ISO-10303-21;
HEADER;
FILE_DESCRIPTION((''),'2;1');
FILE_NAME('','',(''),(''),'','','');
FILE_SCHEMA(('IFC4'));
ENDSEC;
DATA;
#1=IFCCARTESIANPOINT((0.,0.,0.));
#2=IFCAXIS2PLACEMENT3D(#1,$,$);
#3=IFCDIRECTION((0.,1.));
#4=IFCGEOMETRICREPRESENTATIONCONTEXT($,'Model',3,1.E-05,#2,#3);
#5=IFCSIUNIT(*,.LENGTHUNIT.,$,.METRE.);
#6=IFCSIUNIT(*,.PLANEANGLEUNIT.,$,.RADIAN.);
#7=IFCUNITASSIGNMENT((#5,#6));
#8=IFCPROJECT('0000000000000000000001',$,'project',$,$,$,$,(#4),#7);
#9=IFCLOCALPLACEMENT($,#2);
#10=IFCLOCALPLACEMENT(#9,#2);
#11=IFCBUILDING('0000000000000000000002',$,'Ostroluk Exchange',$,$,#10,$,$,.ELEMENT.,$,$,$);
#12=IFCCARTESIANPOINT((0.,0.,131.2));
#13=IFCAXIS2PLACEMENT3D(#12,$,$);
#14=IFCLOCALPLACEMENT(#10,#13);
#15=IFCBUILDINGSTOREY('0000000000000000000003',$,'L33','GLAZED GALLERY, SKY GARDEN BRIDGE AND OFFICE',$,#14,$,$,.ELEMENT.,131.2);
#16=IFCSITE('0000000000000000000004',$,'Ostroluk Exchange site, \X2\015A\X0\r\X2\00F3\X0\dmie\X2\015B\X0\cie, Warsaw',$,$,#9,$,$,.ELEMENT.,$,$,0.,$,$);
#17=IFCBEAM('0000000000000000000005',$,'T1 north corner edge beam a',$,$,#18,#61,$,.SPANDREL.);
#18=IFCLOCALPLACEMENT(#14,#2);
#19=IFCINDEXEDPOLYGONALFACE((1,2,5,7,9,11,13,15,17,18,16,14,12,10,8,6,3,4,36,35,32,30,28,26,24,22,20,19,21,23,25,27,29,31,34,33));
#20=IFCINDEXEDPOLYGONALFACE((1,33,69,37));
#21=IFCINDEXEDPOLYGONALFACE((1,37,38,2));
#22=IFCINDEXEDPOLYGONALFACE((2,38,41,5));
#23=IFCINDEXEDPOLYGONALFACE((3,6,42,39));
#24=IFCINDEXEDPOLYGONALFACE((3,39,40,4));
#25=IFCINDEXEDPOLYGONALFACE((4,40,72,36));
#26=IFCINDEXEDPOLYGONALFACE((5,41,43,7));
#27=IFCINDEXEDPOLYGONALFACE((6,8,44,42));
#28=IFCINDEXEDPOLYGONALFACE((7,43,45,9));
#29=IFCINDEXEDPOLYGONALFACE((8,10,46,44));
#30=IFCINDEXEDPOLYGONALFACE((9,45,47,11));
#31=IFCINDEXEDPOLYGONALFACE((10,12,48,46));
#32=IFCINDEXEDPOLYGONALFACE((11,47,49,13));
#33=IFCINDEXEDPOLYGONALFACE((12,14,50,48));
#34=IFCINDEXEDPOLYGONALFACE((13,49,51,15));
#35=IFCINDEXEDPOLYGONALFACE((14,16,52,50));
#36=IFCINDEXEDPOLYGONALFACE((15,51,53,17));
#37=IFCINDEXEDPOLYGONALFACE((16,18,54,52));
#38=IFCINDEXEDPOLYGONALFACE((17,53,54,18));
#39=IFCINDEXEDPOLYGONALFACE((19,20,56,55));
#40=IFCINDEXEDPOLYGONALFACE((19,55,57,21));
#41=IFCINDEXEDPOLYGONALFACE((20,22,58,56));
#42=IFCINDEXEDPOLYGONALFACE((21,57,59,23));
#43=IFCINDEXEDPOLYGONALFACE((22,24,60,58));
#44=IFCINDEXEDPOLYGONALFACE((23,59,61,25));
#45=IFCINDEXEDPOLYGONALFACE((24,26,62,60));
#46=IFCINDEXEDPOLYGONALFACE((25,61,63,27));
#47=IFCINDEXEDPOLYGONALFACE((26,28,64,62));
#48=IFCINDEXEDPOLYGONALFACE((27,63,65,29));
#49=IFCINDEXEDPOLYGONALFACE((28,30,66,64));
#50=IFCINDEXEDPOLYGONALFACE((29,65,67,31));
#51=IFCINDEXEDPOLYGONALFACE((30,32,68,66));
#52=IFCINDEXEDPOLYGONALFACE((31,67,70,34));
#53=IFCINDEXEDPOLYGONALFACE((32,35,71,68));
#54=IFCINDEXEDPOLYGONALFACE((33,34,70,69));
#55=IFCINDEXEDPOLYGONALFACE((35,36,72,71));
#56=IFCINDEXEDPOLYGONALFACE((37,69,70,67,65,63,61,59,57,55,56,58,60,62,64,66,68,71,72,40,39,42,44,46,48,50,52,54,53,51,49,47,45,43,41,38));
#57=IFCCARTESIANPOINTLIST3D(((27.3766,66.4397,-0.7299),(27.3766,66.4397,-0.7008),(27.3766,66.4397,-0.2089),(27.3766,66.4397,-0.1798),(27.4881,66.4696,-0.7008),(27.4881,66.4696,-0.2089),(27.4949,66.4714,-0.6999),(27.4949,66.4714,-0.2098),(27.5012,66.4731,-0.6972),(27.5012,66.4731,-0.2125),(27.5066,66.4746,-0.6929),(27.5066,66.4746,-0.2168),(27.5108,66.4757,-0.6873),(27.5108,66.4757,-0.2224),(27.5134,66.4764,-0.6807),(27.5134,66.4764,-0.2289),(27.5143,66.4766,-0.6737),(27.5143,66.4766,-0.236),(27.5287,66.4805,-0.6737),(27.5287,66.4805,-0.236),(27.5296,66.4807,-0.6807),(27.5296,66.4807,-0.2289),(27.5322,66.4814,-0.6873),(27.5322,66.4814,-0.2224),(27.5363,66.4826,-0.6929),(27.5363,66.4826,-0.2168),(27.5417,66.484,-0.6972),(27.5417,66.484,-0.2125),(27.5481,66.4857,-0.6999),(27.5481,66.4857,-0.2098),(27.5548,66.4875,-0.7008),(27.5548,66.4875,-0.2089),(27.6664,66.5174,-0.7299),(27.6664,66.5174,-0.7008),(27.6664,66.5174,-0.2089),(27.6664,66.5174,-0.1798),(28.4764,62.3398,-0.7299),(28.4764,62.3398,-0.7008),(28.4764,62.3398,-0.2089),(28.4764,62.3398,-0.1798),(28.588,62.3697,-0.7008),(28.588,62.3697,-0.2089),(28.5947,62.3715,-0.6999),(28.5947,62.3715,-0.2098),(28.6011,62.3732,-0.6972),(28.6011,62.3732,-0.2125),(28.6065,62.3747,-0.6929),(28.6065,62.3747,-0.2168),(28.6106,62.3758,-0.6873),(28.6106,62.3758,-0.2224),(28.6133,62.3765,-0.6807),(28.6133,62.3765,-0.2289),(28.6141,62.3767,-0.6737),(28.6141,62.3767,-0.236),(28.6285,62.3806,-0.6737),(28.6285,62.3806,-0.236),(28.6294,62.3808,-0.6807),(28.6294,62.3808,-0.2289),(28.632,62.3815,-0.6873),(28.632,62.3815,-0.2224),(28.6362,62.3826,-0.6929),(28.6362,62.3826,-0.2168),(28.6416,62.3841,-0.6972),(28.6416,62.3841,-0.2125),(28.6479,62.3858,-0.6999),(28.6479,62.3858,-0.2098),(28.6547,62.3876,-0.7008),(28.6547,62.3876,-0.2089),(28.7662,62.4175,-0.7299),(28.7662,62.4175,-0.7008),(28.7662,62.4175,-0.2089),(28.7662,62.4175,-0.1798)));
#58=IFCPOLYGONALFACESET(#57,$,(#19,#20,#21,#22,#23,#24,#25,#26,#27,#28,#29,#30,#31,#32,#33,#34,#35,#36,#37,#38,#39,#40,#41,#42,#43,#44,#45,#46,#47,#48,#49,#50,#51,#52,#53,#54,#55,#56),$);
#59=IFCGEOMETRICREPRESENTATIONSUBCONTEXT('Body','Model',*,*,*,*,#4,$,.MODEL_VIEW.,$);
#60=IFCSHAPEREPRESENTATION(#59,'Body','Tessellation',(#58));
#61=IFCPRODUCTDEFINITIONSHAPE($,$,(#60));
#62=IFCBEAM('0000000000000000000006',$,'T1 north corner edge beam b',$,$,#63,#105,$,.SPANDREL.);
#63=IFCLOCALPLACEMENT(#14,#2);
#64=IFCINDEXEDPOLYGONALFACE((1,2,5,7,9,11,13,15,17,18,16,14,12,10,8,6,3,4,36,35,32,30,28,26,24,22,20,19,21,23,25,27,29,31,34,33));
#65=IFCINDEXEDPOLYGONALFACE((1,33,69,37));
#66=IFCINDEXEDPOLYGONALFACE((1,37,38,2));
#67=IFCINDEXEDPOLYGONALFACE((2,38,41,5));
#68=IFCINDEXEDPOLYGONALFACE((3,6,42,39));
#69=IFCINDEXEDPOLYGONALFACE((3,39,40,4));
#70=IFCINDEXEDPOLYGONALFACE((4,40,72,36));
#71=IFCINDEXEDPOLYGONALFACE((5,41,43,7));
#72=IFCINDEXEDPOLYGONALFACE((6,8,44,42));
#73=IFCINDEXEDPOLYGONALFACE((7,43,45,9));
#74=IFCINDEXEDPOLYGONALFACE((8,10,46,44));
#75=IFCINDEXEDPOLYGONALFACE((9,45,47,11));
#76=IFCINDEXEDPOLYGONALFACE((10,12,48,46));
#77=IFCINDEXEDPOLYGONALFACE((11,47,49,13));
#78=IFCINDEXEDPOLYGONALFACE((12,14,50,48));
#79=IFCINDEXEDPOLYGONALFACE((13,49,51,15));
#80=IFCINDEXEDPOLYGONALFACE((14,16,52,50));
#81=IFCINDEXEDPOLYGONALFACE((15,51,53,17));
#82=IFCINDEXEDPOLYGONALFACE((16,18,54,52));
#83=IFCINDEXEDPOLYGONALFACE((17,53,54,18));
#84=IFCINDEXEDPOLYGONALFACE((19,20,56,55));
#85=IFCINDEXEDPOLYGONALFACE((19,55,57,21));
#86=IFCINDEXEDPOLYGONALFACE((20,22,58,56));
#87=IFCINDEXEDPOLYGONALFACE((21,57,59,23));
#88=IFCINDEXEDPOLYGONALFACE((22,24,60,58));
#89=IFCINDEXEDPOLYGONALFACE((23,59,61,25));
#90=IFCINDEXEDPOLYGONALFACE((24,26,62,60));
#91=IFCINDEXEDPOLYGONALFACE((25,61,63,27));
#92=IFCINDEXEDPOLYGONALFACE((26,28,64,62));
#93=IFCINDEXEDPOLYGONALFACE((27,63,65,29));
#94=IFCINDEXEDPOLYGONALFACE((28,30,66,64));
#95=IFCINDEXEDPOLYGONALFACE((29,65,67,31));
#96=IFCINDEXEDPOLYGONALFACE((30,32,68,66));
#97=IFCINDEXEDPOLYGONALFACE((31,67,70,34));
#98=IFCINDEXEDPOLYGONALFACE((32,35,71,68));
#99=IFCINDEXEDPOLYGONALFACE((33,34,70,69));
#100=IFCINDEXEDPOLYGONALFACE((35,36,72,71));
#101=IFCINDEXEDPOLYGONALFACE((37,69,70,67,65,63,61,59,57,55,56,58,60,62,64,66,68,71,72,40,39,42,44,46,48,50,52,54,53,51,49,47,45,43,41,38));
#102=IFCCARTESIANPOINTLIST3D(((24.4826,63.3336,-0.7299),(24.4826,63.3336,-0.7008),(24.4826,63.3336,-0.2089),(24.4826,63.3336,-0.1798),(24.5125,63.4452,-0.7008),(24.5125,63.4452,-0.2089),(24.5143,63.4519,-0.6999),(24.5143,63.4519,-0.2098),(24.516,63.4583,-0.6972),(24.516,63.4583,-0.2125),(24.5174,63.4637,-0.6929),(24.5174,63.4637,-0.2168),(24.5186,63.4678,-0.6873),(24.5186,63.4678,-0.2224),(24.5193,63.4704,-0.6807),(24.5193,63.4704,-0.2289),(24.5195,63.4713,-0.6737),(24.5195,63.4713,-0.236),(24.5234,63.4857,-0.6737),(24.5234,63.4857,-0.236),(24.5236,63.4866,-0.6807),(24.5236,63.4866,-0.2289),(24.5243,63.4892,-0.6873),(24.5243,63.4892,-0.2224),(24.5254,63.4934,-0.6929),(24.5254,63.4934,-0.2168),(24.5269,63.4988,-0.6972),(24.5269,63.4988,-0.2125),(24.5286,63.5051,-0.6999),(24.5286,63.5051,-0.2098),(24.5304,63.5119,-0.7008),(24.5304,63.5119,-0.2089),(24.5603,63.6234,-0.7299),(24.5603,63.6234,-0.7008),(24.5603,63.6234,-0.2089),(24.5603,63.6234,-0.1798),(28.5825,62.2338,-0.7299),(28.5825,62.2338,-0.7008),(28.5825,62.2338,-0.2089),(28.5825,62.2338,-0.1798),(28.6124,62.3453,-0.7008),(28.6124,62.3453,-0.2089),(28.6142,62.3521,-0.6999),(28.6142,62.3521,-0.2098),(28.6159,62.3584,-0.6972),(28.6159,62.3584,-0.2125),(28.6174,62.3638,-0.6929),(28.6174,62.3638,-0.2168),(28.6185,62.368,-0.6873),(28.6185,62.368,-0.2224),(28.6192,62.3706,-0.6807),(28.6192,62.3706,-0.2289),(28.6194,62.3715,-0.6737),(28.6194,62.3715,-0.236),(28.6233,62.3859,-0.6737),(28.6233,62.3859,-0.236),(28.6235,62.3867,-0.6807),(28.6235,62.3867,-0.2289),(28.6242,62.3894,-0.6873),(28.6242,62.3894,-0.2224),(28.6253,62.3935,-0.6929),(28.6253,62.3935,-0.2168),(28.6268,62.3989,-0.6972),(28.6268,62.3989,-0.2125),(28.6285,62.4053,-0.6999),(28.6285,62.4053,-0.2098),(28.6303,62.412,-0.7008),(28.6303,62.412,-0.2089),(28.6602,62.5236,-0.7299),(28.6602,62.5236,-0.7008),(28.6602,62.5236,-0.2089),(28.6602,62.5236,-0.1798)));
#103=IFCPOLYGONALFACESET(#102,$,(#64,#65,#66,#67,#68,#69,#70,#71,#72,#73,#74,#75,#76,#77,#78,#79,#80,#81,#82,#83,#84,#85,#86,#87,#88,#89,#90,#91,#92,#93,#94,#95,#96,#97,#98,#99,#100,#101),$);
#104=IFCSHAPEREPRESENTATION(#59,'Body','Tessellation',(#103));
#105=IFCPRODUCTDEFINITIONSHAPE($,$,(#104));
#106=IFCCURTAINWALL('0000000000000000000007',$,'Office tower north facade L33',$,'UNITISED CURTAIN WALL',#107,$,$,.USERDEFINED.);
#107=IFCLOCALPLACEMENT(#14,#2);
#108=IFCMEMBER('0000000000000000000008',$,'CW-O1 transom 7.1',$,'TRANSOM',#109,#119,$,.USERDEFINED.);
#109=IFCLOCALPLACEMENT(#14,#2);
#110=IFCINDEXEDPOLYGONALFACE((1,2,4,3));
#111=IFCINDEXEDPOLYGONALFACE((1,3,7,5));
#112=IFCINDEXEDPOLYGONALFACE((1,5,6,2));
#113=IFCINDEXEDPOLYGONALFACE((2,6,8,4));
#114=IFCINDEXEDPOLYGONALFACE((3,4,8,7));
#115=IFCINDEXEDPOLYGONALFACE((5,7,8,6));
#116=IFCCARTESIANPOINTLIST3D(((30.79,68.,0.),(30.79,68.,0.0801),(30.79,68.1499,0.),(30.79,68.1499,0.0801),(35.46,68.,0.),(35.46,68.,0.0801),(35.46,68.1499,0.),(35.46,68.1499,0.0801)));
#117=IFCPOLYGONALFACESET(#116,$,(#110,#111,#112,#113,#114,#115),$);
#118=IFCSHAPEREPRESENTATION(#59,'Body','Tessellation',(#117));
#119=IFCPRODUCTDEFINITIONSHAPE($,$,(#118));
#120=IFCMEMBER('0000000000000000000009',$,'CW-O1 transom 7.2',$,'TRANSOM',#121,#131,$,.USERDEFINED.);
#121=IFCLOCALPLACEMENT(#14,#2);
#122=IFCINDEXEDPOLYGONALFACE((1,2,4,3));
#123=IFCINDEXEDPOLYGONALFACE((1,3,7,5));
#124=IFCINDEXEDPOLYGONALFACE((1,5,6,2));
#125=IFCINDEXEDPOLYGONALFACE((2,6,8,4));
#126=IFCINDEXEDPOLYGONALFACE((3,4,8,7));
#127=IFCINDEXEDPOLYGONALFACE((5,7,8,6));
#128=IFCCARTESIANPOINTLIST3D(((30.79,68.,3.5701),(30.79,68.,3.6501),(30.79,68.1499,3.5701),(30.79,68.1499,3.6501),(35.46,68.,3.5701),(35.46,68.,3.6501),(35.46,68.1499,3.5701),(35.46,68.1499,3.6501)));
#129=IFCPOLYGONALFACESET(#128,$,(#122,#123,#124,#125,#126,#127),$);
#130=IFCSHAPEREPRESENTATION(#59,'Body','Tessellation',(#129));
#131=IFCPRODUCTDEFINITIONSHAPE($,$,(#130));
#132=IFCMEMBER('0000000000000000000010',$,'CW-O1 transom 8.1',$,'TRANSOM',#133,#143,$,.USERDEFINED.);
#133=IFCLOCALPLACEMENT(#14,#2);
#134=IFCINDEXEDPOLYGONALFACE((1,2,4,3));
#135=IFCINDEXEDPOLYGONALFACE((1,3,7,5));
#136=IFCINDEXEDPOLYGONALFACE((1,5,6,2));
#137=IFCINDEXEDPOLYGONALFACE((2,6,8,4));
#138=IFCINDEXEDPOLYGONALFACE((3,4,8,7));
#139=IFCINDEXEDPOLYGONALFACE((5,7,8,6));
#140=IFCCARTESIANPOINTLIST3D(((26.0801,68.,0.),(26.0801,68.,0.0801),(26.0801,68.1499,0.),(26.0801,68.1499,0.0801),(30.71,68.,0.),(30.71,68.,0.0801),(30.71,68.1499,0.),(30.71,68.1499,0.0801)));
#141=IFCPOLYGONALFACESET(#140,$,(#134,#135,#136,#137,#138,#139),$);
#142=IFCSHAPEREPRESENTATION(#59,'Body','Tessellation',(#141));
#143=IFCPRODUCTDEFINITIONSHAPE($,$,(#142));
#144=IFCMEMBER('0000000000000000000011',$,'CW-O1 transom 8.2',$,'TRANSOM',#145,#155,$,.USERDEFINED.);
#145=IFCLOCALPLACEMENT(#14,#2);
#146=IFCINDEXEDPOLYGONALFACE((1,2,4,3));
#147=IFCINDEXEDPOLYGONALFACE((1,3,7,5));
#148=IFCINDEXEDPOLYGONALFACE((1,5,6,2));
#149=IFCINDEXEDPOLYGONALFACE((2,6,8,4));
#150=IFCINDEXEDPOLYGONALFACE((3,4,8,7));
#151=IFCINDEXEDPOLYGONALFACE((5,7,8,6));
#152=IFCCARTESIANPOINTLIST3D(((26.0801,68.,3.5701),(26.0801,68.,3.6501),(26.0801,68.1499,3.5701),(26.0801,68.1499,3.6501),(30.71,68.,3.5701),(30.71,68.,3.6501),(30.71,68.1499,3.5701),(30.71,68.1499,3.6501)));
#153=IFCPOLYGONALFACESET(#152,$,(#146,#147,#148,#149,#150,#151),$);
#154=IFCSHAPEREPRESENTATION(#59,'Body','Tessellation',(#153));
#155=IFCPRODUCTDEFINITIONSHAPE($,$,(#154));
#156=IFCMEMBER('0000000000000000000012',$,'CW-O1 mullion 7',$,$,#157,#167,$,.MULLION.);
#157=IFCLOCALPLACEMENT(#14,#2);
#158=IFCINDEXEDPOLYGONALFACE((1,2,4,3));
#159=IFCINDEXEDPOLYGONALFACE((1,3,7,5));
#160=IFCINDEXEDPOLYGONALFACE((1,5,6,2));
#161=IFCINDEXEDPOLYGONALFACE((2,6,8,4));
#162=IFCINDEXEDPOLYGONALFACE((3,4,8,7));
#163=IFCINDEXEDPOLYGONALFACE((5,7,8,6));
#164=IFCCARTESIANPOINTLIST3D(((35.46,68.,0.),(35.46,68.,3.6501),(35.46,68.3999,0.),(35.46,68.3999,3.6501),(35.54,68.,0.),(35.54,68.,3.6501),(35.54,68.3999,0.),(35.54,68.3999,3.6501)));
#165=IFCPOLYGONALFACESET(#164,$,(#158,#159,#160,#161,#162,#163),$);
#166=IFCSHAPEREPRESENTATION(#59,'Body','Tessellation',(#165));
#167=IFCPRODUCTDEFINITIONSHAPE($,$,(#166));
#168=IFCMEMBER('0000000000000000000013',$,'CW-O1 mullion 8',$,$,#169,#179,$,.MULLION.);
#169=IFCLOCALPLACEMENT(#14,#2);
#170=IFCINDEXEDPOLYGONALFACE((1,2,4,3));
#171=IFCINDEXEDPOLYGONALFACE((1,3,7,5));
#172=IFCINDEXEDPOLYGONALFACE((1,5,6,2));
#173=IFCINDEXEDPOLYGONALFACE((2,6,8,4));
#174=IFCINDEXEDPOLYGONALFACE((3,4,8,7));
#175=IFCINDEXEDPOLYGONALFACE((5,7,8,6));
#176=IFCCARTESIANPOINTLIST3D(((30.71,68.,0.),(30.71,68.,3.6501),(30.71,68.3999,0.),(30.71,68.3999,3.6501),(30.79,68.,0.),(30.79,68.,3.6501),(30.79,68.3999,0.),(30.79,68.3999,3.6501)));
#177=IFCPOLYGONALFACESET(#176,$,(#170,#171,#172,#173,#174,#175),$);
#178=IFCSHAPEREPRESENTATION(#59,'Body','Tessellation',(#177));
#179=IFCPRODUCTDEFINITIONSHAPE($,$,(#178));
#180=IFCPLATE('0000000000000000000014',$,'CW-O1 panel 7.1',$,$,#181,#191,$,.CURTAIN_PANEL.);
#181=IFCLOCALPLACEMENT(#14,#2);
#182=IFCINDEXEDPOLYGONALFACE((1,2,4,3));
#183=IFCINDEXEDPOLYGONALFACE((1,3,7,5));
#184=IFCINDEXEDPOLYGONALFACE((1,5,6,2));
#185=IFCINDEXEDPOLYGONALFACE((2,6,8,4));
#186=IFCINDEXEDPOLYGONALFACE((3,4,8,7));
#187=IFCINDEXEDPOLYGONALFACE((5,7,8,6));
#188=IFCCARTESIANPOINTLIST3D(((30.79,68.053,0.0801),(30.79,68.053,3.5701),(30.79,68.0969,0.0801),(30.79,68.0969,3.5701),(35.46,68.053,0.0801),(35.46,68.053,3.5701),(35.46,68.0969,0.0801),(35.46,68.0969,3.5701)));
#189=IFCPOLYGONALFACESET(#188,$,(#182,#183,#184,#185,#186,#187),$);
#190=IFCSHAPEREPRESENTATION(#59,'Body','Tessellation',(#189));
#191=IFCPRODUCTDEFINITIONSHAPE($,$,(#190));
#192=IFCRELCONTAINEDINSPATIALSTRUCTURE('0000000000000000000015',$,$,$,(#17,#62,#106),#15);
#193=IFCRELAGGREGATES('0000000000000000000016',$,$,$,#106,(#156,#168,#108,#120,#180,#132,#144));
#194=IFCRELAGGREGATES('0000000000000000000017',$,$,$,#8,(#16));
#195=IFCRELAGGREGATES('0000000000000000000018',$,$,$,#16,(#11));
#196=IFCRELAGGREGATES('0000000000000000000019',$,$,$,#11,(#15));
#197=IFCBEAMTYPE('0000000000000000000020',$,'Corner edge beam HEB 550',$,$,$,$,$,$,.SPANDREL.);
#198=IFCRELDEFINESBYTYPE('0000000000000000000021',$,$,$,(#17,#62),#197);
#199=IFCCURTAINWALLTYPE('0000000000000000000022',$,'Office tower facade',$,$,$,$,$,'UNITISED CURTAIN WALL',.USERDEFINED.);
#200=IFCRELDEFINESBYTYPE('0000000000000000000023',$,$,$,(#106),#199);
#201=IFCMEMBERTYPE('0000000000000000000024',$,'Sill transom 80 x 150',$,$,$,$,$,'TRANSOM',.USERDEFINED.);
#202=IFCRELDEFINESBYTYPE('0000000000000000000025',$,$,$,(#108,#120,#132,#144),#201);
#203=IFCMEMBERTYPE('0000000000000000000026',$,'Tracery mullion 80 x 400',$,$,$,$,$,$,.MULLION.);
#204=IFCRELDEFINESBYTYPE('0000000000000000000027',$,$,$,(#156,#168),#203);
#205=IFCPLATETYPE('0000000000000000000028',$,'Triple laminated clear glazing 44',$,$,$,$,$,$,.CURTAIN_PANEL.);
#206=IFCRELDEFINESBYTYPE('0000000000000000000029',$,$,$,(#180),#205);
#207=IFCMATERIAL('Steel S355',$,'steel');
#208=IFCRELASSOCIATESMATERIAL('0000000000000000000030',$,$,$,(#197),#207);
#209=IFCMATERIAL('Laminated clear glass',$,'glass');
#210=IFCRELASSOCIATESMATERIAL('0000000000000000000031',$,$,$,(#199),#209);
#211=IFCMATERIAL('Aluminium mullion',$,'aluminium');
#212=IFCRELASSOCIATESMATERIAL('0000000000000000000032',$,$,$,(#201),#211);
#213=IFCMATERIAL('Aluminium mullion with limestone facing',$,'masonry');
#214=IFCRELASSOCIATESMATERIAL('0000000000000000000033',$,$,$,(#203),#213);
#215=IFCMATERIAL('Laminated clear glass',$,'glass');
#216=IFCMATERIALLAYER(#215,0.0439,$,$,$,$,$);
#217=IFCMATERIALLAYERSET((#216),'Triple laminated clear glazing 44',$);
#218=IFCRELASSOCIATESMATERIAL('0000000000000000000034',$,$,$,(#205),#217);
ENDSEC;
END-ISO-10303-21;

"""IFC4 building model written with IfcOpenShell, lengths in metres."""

from ifc_helpers import new_model, si_unit, direction, frame, origin, origin_2d, place, context, subcontext, project, spatial, rectangle, i_section, extrude, material, layer, layer_set, material_profile, profile_set, type_object, element, aggregate, save


model = new_model("IFC4")

# Units and contexts
model_context = context("Model", 3, precision=1e-05, world=origin(), true_north=direction((0.0, 1.0)))
body_context = subcontext(model_context, "Body", "Model", "MODEL_VIEW")
ifc_project = project(units=[si_unit("LENGTHUNIT", "METRE"), si_unit("PLANEANGLEUNIT", "RADIAN")], contexts=[model_context])

# Site, building, storey
site_placement = place(None, origin())
site = spatial("IfcSite", under=ifc_project, at=site_placement, Name="Ostroluk Exchange site, Śródmieście, Warsaw", CompositionType="ELEMENT", RefElevation=0.0)
building_placement = place(site_placement, origin())
building = spatial("IfcBuilding", under=site, at=building_placement, Name="Ostroluk Exchange", CompositionType="ELEMENT")
storey_placement = place(building_placement, frame((0.0, 0.0, 131.2)))
storey = spatial("IfcBuildingStorey", under=building, at=storey_placement, Name="L33", Description="GLAZED GALLERY, SKY GARDEN BRIDGE AND OFFICE", CompositionType="ELEMENT", Elevation=131.2)

# Beams
ifc_material_1 = material(Name="Steel S355", Category="steel")
ifc_material_profile_1 = material_profile(ifc_material_1, i_section(OverallWidth=0.3, OverallDepth=0.55, WebThickness=0.0149, FlangeThickness=0.0291, FilletRadius=0.0271, at=origin_2d()), Name="HEB 550")
ifc_profile_set_1 = profile_set([ifc_material_profile_1], Name="Steel S355")
beam_type_1 = type_object("IfcBeamType", Name="Corner edge beam HEB 550", PredefinedType="SPANDREL", material=ifc_profile_set_1)
for number, where, z_axis, x_axis, name in (
    (1, (28.6213, 62.3787, -0.4548), (-0.259105, 0.965849, 0.0), (-0.965849, -0.259105, 0.0), "T1 north corner edge beam a"),
    (2, (28.6213, 62.3787, -0.4548), (-0.965849, 0.259105, 0.0), (-0.259105, -0.965849, 0.0), "T1 north corner edge beam b"),
):
    element("IfcBeam", number, at=place(storey_placement, frame(where, z_axis=z_axis, x_axis=x_axis)), inside=storey, type_object=beam_type_1, Name=name, PredefinedType="SPANDREL", context=body_context, shape_type="SweptSolid", body=[
        extrude(i_section(OverallWidth=0.3, OverallDepth=0.55, WebThickness=0.0149, FlangeThickness=0.0291, FilletRadius=0.0271, at=origin_2d()), origin(), (0.0, 0.0, 1.0), 4.2449),
    ])

# Curtain wall, members, plate
ifc_material_2 = material(Name="Laminated clear glass", Category="glass")
curtain_wall_type = type_object("IfcCurtainWallType", Name="Office tower facade", ElementType="UNITISED CURTAIN WALL", PredefinedType="USERDEFINED", material=ifc_material_2)
curtain_wall_placement = place(storey_placement, origin())
curtain_wall = element("IfcCurtainWall", 3, at=curtain_wall_placement, inside=storey, type_object=curtain_wall_type, Name="Office tower north facade L33", ObjectType="UNITISED CURTAIN WALL", PredefinedType="USERDEFINED")
ifc_material_3 = material(Name="Aluminium mullion", Category="aluminium")
ifc_material_profile_2 = material_profile(ifc_material_3, rectangle(XDim=0.1499, YDim=0.0801, at=origin_2d()), Name="Sill transom 80 x 150")
ifc_profile_set_2 = profile_set([ifc_material_profile_2], Name="Aluminium mullion")
member_type_1 = type_object("IfcMemberType", Name="Sill transom 80 x 150", ElementType="TRANSOM", PredefinedType="USERDEFINED", material=ifc_profile_set_2)
member_1_placement = place(storey_placement, frame((35.46, 68.075, 0.04), z_axis=(-1.0, 0.0, 0.0), x_axis=(0.0, -1.0, 0.0)))
member_1 = element("IfcMember", 4, at=member_1_placement, type_object=member_type_1, Name="CW-O1 transom 7.1", ObjectType="TRANSOM", PredefinedType="USERDEFINED", context=body_context, shape_type="SweptSolid", body=[
    extrude(rectangle(XDim=0.1499, YDim=0.0801, at=origin_2d()), origin(), (0.0, 0.0, 1.0), 4.6699),
])
member_2_placement = place(storey_placement, frame((35.46, 68.075, 3.6101), z_axis=(-1.0, 0.0, 0.0), x_axis=(0.0, -1.0, 0.0)))
member_2 = element("IfcMember", 5, at=member_2_placement, type_object=member_type_1, Name="CW-O1 transom 7.2", ObjectType="TRANSOM", PredefinedType="USERDEFINED", context=body_context, shape_type="SweptSolid", body=[
    extrude(rectangle(XDim=0.1499, YDim=0.0801, at=origin_2d()), origin(), (0.0, 0.0, 1.0), 4.6699),
])
member_3_placement = place(storey_placement, frame((30.71, 68.075, 0.04), z_axis=(-1.0, 0.0, 0.0), x_axis=(0.0, -1.0, 0.0)))
member_3 = element("IfcMember", 6, at=member_3_placement, type_object=member_type_1, Name="CW-O1 transom 8.1", ObjectType="TRANSOM", PredefinedType="USERDEFINED", context=body_context, shape_type="SweptSolid", body=[
    extrude(rectangle(XDim=0.1499, YDim=0.0801, at=origin_2d()), origin(), (0.0, 0.0, 1.0), 4.6299),
])
member_4_placement = place(storey_placement, frame((30.71, 68.075, 3.6101), z_axis=(-1.0, 0.0, 0.0), x_axis=(0.0, -1.0, 0.0)))
member_4 = element("IfcMember", 7, at=member_4_placement, type_object=member_type_1, Name="CW-O1 transom 8.2", ObjectType="TRANSOM", PredefinedType="USERDEFINED", context=body_context, shape_type="SweptSolid", body=[
    extrude(rectangle(XDim=0.1499, YDim=0.0801, at=origin_2d()), origin(), (0.0, 0.0, 1.0), 4.6299),
])
ifc_material_4 = material(Name="Aluminium mullion with limestone facing", Category="masonry")
ifc_material_profile_3 = material_profile(ifc_material_4, rectangle(XDim=0.3999, YDim=0.0801, at=origin_2d()), Name="Tracery mullion 80 x 400")
ifc_profile_set_3 = profile_set([ifc_material_profile_3], Name="Aluminium mullion with limestone facing")
member_type_2 = type_object("IfcMemberType", Name="Tracery mullion 80 x 400", PredefinedType="MULLION", material=ifc_profile_set_3)
member_5_placement = place(storey_placement, frame((35.5, 68.2, 0.0), z_axis=(0.0, 0.0, 1.0), x_axis=(0.0, -1.0, 0.0)))
member_5 = element("IfcMember", 8, at=member_5_placement, type_object=member_type_2, Name="CW-O1 mullion 7", PredefinedType="MULLION", context=body_context, shape_type="SweptSolid", body=[
    extrude(rectangle(XDim=0.3999, YDim=0.0801, at=origin_2d()), origin(), (0.0, 0.0, 1.0), 3.6501),
])
member_6_placement = place(storey_placement, frame((30.75, 68.2, 0.0), z_axis=(0.0, 0.0, 1.0), x_axis=(0.0, -1.0, 0.0)))
member_6 = element("IfcMember", 9, at=member_6_placement, type_object=member_type_2, Name="CW-O1 mullion 8", PredefinedType="MULLION", context=body_context, shape_type="SweptSolid", body=[
    extrude(rectangle(XDim=0.3999, YDim=0.0801, at=origin_2d()), origin(), (0.0, 0.0, 1.0), 3.6501),
])
ifc_material_5 = material(Name="Laminated clear glass", Category="glass")
ifc_layer_1 = layer(ifc_material_5, 0.0439)
ifc_layer_set_1 = layer_set([ifc_layer_1], Name="Triple laminated clear glazing 44")
plate_type = type_object("IfcPlateType", Name="Triple laminated clear glazing 44", PredefinedType="CURTAIN_PANEL", material=ifc_layer_set_1)
plate_1_placement = place(storey_placement, frame((33.125, 68.075, 0.0801), z_axis=(0.0, 0.0, 1.0), x_axis=(-1.0, 0.0, 0.0)))
plate_1 = element("IfcPlate", 10, at=plate_1_placement, type_object=plate_type, Name="CW-O1 panel 7.1", PredefinedType="CURTAIN_PANEL", context=body_context, shape_type="SweptSolid", body=[
    extrude(rectangle(XDim=4.6699, YDim=0.0439, at=origin_2d()), origin(), (0.0, 0.0, 1.0), 3.49),
])
aggregate(curtain_wall, [member_5, member_6, member_1, member_2, plate_1, member_3, member_4])

save(model, "model.ifc")
